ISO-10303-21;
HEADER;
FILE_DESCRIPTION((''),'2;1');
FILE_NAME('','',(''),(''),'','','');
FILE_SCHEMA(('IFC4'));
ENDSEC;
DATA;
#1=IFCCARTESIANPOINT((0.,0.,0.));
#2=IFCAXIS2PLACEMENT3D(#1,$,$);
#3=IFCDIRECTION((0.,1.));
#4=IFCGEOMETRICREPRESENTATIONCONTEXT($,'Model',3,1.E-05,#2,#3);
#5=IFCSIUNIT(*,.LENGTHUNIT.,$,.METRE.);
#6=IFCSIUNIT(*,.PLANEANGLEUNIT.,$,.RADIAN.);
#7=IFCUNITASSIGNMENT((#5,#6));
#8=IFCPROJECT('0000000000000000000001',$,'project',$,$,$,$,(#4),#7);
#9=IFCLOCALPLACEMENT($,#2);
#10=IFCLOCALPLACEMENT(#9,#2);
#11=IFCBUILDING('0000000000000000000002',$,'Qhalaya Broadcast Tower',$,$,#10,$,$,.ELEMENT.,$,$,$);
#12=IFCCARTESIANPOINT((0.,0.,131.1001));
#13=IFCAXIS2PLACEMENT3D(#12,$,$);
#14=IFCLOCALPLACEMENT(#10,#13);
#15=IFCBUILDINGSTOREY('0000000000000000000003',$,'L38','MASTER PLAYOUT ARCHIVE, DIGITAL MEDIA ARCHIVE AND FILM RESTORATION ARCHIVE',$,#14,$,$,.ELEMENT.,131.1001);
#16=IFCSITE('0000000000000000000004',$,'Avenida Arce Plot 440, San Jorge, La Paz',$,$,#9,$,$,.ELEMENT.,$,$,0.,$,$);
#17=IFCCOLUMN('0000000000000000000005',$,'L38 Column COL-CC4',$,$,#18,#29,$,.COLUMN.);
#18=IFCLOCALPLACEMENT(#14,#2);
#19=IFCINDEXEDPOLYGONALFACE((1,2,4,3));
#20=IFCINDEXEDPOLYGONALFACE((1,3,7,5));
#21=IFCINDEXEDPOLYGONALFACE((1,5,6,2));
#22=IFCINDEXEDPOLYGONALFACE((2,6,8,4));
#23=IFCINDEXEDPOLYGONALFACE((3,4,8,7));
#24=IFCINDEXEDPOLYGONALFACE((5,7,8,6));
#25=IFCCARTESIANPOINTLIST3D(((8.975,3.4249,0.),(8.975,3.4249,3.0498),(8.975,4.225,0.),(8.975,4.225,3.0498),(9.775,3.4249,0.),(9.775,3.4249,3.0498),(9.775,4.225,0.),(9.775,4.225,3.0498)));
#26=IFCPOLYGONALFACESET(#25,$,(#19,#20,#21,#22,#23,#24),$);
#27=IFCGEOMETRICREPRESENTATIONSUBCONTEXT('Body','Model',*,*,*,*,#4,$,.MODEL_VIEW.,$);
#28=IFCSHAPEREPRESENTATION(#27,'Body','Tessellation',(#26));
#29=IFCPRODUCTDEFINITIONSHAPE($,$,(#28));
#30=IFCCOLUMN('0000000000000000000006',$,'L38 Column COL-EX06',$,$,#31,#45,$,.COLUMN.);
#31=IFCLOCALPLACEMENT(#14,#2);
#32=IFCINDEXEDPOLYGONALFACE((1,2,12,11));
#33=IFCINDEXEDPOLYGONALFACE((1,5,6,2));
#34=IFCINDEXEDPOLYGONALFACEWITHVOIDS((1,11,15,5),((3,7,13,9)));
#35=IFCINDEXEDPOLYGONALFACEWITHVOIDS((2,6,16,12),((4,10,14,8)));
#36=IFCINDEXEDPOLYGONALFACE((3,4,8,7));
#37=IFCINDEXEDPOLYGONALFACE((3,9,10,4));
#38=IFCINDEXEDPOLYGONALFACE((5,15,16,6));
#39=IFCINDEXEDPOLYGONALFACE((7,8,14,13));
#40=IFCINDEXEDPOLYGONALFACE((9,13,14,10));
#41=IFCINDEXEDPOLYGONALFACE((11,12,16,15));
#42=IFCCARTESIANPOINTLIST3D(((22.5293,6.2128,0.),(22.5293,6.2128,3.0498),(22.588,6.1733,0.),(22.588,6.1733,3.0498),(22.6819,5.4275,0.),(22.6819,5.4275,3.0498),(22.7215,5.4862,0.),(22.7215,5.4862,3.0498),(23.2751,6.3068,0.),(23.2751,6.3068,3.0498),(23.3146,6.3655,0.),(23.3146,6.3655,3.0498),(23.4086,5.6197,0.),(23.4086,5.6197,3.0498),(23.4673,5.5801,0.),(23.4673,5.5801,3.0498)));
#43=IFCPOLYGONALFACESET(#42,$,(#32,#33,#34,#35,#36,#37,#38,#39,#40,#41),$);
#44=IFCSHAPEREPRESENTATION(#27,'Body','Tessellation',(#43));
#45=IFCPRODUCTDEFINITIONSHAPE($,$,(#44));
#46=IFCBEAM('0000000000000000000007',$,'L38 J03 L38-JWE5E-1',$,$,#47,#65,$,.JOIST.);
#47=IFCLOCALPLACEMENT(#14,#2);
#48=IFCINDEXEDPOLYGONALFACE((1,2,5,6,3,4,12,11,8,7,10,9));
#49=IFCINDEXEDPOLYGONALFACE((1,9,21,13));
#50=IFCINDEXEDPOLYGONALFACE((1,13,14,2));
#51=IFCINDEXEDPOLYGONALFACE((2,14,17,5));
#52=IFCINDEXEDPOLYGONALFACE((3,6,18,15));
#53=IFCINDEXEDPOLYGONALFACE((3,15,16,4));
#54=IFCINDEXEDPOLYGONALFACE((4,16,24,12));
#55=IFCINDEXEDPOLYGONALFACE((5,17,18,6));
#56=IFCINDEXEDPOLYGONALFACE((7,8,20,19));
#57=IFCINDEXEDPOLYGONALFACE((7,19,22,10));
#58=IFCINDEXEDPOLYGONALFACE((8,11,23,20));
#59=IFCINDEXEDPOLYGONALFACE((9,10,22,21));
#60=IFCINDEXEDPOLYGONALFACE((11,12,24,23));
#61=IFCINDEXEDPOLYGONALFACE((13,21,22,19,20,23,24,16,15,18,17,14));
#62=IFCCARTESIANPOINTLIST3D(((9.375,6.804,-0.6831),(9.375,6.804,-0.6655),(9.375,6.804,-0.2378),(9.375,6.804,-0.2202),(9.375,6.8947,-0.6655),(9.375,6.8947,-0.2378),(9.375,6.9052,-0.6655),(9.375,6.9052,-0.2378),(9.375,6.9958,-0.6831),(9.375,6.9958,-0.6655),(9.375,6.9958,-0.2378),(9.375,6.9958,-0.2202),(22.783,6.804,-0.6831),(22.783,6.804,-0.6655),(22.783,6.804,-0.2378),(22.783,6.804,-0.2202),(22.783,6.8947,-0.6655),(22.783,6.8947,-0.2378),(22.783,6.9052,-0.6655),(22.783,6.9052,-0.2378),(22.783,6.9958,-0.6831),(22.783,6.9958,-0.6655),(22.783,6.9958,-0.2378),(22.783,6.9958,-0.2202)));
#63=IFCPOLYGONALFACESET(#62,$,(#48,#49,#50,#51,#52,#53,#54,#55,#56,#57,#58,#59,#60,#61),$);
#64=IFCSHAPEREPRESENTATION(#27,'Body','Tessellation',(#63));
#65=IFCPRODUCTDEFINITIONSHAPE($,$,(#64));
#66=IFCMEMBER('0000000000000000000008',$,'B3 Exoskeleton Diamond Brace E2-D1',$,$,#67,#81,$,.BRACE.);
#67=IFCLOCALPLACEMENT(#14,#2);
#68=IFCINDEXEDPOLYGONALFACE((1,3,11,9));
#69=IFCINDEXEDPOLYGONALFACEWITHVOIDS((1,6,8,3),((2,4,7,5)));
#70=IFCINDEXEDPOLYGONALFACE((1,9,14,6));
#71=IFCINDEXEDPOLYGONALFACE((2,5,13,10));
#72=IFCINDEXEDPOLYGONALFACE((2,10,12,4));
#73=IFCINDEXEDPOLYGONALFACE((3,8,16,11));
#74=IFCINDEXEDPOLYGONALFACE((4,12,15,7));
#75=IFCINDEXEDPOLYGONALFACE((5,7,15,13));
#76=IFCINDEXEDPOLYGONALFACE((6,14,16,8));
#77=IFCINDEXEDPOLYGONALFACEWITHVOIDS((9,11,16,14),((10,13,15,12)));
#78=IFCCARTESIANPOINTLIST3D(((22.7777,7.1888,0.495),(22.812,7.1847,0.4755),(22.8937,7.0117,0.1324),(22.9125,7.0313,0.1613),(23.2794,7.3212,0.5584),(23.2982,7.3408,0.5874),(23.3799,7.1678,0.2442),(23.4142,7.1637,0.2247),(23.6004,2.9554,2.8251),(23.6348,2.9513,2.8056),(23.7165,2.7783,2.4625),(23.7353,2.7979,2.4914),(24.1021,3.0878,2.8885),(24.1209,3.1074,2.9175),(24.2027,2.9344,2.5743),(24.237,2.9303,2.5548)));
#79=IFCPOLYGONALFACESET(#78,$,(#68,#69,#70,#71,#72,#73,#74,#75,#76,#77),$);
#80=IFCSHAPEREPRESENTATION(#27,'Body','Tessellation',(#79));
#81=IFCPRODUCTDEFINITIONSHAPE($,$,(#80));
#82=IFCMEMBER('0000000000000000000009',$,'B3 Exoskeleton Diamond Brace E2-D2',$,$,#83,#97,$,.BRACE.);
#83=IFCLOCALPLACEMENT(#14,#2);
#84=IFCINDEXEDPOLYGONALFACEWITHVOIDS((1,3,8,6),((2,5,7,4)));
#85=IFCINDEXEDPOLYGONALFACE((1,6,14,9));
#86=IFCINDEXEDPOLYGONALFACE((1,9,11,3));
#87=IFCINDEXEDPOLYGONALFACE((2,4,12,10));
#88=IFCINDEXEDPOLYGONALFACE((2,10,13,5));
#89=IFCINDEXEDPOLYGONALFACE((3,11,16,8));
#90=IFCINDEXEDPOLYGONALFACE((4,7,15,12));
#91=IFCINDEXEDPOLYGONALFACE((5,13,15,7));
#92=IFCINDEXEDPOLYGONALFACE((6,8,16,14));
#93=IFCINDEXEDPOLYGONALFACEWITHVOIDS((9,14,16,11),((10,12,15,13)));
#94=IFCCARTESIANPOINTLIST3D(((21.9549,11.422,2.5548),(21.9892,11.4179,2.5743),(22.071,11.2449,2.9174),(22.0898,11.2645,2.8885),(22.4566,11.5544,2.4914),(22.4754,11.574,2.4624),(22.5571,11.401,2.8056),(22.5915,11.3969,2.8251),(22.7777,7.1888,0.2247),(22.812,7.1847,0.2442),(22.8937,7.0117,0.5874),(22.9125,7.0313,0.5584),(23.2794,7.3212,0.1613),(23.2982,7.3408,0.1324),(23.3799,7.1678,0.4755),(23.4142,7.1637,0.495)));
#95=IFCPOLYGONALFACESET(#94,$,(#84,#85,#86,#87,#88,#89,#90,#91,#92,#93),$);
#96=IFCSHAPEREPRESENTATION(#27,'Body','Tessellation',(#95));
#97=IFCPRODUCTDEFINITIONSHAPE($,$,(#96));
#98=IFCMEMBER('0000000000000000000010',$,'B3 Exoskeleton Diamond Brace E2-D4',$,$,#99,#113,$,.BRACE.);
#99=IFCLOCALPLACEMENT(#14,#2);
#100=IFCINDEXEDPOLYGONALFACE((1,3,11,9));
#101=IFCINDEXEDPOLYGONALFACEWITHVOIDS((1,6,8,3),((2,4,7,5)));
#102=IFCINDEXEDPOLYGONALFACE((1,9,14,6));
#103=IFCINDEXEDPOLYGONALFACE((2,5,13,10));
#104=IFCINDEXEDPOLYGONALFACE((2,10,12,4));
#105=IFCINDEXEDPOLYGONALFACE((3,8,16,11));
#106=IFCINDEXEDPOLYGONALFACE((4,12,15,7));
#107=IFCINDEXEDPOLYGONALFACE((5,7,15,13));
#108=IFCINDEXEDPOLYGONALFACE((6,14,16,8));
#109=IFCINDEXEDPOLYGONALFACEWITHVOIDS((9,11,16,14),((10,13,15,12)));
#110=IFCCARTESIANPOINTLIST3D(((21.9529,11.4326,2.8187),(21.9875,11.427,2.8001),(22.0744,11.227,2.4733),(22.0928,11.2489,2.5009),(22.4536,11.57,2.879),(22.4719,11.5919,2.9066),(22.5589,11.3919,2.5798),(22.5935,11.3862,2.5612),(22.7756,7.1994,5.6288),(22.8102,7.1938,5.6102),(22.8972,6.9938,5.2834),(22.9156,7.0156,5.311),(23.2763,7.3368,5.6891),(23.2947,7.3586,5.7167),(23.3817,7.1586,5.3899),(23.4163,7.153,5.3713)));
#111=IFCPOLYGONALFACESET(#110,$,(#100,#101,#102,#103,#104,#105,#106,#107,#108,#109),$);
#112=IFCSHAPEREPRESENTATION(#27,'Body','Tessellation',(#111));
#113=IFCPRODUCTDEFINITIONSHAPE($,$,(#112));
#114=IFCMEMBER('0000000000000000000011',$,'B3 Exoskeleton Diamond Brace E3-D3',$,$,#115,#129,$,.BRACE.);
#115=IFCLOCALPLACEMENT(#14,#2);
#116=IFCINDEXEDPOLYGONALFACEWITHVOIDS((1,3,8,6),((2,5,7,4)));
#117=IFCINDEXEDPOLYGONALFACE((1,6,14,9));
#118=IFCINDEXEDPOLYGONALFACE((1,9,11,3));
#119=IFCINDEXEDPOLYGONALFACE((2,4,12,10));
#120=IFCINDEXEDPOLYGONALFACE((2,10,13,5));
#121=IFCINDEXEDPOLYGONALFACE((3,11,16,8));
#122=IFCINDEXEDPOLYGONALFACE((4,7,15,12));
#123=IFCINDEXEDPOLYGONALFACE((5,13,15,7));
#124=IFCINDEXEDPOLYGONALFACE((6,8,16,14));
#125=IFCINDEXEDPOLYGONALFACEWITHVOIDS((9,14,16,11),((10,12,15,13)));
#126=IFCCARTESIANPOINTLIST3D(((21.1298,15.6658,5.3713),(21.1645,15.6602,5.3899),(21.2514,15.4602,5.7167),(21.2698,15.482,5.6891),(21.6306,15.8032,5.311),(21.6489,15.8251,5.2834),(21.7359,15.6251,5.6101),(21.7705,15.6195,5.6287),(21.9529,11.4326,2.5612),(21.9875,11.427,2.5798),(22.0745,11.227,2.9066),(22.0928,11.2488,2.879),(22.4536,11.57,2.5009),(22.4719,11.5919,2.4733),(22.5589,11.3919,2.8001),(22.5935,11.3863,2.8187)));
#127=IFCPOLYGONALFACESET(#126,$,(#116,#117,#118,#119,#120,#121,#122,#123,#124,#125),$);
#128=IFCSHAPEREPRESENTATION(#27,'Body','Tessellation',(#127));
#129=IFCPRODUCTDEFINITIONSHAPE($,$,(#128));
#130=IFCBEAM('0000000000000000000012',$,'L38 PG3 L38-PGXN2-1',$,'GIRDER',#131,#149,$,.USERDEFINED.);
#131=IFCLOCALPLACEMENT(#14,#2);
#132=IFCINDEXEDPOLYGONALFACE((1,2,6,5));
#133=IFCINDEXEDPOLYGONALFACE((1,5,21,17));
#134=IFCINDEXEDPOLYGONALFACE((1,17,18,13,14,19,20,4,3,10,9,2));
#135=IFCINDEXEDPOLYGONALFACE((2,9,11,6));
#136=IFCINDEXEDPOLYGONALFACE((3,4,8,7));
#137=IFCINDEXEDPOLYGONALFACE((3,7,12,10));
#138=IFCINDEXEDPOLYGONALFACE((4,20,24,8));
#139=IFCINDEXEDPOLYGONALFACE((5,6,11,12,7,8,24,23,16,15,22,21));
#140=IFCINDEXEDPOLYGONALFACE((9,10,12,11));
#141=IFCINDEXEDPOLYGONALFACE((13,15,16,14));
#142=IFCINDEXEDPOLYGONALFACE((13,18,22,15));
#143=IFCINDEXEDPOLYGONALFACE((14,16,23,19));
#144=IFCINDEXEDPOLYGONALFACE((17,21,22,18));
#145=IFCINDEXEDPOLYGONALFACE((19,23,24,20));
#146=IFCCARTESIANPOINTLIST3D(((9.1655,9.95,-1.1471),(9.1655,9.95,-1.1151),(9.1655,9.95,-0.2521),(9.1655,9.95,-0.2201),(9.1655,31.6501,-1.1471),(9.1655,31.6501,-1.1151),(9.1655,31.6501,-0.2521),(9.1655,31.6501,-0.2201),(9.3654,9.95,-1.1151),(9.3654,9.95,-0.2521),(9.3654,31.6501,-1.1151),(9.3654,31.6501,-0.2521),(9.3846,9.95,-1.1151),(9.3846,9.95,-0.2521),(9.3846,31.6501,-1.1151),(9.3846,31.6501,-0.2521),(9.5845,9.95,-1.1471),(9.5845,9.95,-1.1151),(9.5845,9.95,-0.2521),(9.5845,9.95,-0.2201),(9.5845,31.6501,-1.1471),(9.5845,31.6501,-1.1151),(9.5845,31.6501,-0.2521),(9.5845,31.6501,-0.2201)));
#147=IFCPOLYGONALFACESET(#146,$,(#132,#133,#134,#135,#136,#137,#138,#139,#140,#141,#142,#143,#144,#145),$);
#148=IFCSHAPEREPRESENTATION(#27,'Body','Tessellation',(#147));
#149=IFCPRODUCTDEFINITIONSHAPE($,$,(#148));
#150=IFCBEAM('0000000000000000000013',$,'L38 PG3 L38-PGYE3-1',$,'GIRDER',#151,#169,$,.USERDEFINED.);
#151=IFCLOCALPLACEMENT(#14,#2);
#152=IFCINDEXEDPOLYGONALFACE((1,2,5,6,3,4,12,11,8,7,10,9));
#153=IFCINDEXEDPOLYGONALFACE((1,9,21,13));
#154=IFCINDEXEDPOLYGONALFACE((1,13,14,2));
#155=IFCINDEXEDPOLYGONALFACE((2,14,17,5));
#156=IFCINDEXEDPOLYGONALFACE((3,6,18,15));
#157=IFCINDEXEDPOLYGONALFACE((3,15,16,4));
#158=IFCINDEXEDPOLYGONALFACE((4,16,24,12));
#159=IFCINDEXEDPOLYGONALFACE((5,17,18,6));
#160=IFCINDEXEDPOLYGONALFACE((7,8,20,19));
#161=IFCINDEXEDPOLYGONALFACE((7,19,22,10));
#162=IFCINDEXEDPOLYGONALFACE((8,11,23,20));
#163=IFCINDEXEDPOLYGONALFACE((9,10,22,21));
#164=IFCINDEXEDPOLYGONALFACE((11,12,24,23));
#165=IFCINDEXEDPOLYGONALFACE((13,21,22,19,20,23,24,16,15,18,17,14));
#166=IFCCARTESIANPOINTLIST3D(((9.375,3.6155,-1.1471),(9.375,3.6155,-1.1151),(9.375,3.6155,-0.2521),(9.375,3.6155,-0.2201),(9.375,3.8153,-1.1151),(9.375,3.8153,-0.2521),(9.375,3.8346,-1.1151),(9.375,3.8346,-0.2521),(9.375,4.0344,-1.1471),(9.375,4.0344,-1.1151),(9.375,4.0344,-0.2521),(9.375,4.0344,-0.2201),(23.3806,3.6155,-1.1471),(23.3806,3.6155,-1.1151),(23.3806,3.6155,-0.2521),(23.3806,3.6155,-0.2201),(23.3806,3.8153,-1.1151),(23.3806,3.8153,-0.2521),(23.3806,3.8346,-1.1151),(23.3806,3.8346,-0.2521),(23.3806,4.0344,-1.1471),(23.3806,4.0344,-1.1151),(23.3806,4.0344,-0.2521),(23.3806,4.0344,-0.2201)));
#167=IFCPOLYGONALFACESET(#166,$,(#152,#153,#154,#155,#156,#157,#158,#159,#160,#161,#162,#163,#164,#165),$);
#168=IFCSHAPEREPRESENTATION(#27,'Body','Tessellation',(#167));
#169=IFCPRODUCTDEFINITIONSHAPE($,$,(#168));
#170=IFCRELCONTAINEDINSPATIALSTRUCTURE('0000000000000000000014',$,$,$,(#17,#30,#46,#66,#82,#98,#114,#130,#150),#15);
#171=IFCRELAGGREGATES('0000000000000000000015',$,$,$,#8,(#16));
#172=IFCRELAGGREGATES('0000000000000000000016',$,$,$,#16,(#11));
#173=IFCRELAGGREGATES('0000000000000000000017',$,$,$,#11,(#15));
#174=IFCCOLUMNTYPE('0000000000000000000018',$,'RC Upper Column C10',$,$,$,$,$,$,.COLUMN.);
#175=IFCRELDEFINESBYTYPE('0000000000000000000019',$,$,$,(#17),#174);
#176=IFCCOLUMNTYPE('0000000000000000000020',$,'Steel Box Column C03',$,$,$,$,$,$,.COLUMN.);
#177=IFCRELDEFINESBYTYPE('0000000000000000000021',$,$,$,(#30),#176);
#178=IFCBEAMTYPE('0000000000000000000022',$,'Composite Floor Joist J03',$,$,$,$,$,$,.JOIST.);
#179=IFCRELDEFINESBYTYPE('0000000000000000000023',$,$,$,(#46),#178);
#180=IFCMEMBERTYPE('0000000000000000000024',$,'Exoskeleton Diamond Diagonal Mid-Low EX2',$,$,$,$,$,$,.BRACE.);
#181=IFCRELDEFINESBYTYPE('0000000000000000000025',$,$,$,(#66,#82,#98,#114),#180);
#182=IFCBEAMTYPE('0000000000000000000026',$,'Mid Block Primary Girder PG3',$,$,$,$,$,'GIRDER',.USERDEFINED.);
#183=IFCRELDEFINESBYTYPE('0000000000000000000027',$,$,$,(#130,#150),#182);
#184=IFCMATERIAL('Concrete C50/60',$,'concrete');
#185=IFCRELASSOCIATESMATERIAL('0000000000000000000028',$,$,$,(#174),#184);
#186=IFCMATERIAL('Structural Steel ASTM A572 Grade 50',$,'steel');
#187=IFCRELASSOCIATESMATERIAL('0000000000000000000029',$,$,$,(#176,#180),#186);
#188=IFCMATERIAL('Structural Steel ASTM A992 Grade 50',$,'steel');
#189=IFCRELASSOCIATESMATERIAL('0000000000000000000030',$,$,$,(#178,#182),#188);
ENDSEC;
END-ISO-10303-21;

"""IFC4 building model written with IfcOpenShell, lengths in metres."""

from ifc_helpers import new_model, si_unit, direction, frame, origin, origin_2d, place, context, subcontext, project, spatial, rectangle, hollow_rectangle, i_section, extrude, material, material_profile, profile_set, type_object, element, save


model = new_model("IFC4")

# Units and contexts
model_context = context("Model", 3, precision=1e-05, world=origin(), true_north=direction((0.0, 1.0)))
body_context = subcontext(model_context, "Body", "Model", "MODEL_VIEW")
ifc_project = project(units=[si_unit("LENGTHUNIT", "METRE"), si_unit("PLANEANGLEUNIT", "RADIAN")], contexts=[model_context])

# Site, building, storey
site_placement = place(None, origin())
site = spatial("IfcSite", under=ifc_project, at=site_placement, Name="Avenida Arce Plot 440, San Jorge, La Paz", CompositionType="ELEMENT", RefElevation=0.0)
building_placement = place(site_placement, origin())
building = spatial("IfcBuilding", under=site, at=building_placement, Name="Qhalaya Broadcast Tower", CompositionType="ELEMENT")
storey_placement = place(building_placement, frame((0.0, 0.0, 131.1001)))
storey = spatial("IfcBuildingStorey", under=building, at=storey_placement, Name="L38", Description="MASTER PLAYOUT ARCHIVE, DIGITAL MEDIA ARCHIVE AND FILM RESTORATION ARCHIVE", CompositionType="ELEMENT", Elevation=131.1001)

# Columns
ifc_material_1 = material(Name="Concrete C50/60", Category="concrete")
ifc_material_profile_1 = material_profile(ifc_material_1, rectangle(XDim=0.8, YDim=0.8, at=origin_2d()), Name="RC-COL 800x800")
ifc_profile_set_1 = profile_set([ifc_material_profile_1], Name="Concrete C50/60")
column_type_1 = type_object("IfcColumnType", Name="RC Upper Column C10", PredefinedType="COLUMN", material=ifc_profile_set_1)
column_1_placement = place(storey_placement, frame((9.375, 3.825, 0.0), z_axis=(0.0, 0.0, 1.0), x_axis=(1.0, 0.0, 0.0)))
element("IfcColumn", 1, at=column_1_placement, inside=storey, type_object=column_type_1, Name="L38 Column COL-CC4", PredefinedType="COLUMN", context=body_context, shape_type="SweptSolid", body=[
    extrude(rectangle(XDim=0.8, YDim=0.8, at=origin_2d()), origin(), (0.0, 0.0, 1.0), 3.0498),
])
ifc_material_2 = material(Name="Structural Steel ASTM A572 Grade 50", Category="steel")
ifc_material_profile_2 = material_profile(ifc_material_2, hollow_rectangle(XDim=0.8, YDim=0.8, WallThickness=0.05, at=origin_2d()), Name="BOX 800x800x50")
ifc_profile_set_2 = profile_set([ifc_material_profile_2], Name="Structural Steel ASTM A572 Grade 50")
column_type_2 = type_object("IfcColumnType", Name="Steel Box Column C03", PredefinedType="COLUMN", material=ifc_profile_set_2)
column_2_placement = place(storey_placement, frame((22.9983, 5.8965, 0.0), z_axis=(0.0, 0.0, 1.0), x_axis=(-0.190809, 0.981627, 0.0)))
element("IfcColumn", 2, at=column_2_placement, inside=storey, type_object=column_type_2, Name="L38 Column COL-EX06", PredefinedType="COLUMN", context=body_context, shape_type="SweptSolid", body=[
    extrude(hollow_rectangle(XDim=0.8, YDim=0.8, WallThickness=0.05, at=origin_2d()), origin(), (0.0, 0.0, 1.0), 3.0498),
])

# Beam
ifc_material_3 = material(Name="Structural Steel ASTM A992 Grade 50", Category="steel")
ifc_material_profile_3 = material_profile(ifc_material_3, i_section(OverallWidth=0.1919, OverallDepth=0.4629, WebThickness=0.0105, FlangeThickness=0.0176, at=origin_2d()), Name="W18X60")
ifc_profile_set_3 = profile_set([ifc_material_profile_3], Name="Structural Steel ASTM A992 Grade 50")
beam_type_1 = type_object("IfcBeamType", Name="Composite Floor Joist J03", PredefinedType="JOIST", material=ifc_profile_set_3)
beam_1_placement = place(storey_placement, frame((9.375, 6.8999, -0.4517), z_axis=(1.0, 0.0, 0.0), x_axis=(0.0, 1.0, 0.0)))
element("IfcBeam", 3, at=beam_1_placement, inside=storey, type_object=beam_type_1, Name="L38 J03 L38-JWE5E-1", PredefinedType="JOIST", context=body_context, shape_type="SweptSolid", body=[
    extrude(i_section(OverallWidth=0.1919, OverallDepth=0.4629, WebThickness=0.0105, FlangeThickness=0.0176, at=origin_2d()), origin(), (0.0, 0.0, 1.0), 13.408),
])

# Members
ifc_material_profile_4 = material_profile(ifc_material_2, hollow_rectangle(XDim=0.4199, YDim=0.55, WallThickness=0.0281, at=origin_2d()), Name="BOX 420x550x28")
ifc_profile_set_4 = profile_set([ifc_material_profile_4], Name="Structural Steel ASTM A572 Grade 50")
member_type = type_object("IfcMemberType", Name="Exoskeleton Diamond Diagonal Mid-Low EX2", PredefinedType="BRACE", material=ifc_profile_set_4)
member_1_placement = place(storey_placement, frame((23.0959, 7.1763, 0.3599), z_axis=(0.167847, -0.863638, 0.475349), x_axis=(-0.276325, 0.421643, 0.863633)))
element("IfcMember", 4, at=member_1_placement, inside=storey, type_object=member_type, Name="B3 Exoskeleton Diamond Brace E2-D1", PredefinedType="BRACE", context=body_context, shape_type="SweptSolid", body=[
    extrude(hollow_rectangle(XDim=0.4199, YDim=0.55, WallThickness=0.0281, at=origin_2d()), origin(), (0.0, 0.0, 1.0), 4.9019),
])
member_2_placement = place(storey_placement, frame((23.0959, 7.1763, 0.3599), z_axis=(-0.167854, 0.863625, 0.47537), x_axis=(0.276333, -0.42166, 0.863622)))
element("IfcMember", 5, at=member_2_placement, inside=storey, type_object=member_type, Name="B3 Exoskeleton Diamond Brace E2-D2", PredefinedType="BRACE", context=body_context, shape_type="SweptSolid", body=[
    extrude(hollow_rectangle(XDim=0.4199, YDim=0.55, WallThickness=0.0281, at=origin_2d()), origin(), (0.0, 0.0, 1.0), 4.9016),
])
for number, where, z_axis, x_axis, name in (
    (6, (22.2732, 11.4094, 2.6899), (0.159847, -0.82243, 0.545947), (-0.289551, 0.489668, 0.822427), "B3 Exoskeleton Diamond Brace E2-D4"),
    (7, (22.2732, 11.4094, 2.6899), (-0.159893, 0.822424, 0.545943), (0.289578, -0.489647, 0.822429), "B3 Exoskeleton Diamond Brace E3-D3"),
):
    element("IfcMember", number, at=place(storey_placement, frame(where, z_axis=z_axis, x_axis=x_axis)), inside=storey, type_object=member_type, Name=name, PredefinedType="BRACE", context=body_context, shape_type="SweptSolid", body=[
        extrude(hollow_rectangle(XDim=0.4199, YDim=0.55, WallThickness=0.0281, at=origin_2d()), origin(), (0.0, 0.0, 1.0), 5.1472),
    ])

# Beams
ifc_material_profile_5 = material_profile(ifc_material_3, i_section(OverallWidth=0.4189, OverallDepth=0.927, WebThickness=0.0193, FlangeThickness=0.032, at=origin_2d()), Name="W36X231")
ifc_profile_set_5 = profile_set([ifc_material_profile_5], Name="Structural Steel ASTM A992 Grade 50")
beam_type_2 = type_object("IfcBeamType", Name="Mid Block Primary Girder PG3", ElementType="GIRDER", PredefinedType="USERDEFINED", material=ifc_profile_set_5)
beam_2_placement = place(storey_placement, frame((9.375, 9.95, -0.6836), z_axis=(0.0, 1.0, 0.0), x_axis=(-1.0, 0.0, 0.0)))
element("IfcBeam", 8, at=beam_2_placement, inside=storey, type_object=beam_type_2, Name="L38 PG3 L38-PGXN2-1", ObjectType="GIRDER", PredefinedType="USERDEFINED", context=body_context, shape_type="SweptSolid", body=[
    extrude(i_section(OverallWidth=0.4189, OverallDepth=0.927, WebThickness=0.0193, FlangeThickness=0.032, at=origin_2d()), origin(), (0.0, 0.0, 1.0), 21.7002),
])
beam_3_placement = place(storey_placement, frame((9.375, 3.825, -0.6836), z_axis=(1.0, 0.0, 0.0), x_axis=(0.0, 1.0, 0.0)))
element("IfcBeam", 9, at=beam_3_placement, inside=storey, type_object=beam_type_2, Name="L38 PG3 L38-PGYE3-1", ObjectType="GIRDER", PredefinedType="USERDEFINED", context=body_context, shape_type="SweptSolid", body=[
    extrude(i_section(OverallWidth=0.4189, OverallDepth=0.927, WebThickness=0.0193, FlangeThickness=0.032, at=origin_2d()), origin(), (0.0, 0.0, 1.0), 14.0056),
])

save(model, "model.ifc")
